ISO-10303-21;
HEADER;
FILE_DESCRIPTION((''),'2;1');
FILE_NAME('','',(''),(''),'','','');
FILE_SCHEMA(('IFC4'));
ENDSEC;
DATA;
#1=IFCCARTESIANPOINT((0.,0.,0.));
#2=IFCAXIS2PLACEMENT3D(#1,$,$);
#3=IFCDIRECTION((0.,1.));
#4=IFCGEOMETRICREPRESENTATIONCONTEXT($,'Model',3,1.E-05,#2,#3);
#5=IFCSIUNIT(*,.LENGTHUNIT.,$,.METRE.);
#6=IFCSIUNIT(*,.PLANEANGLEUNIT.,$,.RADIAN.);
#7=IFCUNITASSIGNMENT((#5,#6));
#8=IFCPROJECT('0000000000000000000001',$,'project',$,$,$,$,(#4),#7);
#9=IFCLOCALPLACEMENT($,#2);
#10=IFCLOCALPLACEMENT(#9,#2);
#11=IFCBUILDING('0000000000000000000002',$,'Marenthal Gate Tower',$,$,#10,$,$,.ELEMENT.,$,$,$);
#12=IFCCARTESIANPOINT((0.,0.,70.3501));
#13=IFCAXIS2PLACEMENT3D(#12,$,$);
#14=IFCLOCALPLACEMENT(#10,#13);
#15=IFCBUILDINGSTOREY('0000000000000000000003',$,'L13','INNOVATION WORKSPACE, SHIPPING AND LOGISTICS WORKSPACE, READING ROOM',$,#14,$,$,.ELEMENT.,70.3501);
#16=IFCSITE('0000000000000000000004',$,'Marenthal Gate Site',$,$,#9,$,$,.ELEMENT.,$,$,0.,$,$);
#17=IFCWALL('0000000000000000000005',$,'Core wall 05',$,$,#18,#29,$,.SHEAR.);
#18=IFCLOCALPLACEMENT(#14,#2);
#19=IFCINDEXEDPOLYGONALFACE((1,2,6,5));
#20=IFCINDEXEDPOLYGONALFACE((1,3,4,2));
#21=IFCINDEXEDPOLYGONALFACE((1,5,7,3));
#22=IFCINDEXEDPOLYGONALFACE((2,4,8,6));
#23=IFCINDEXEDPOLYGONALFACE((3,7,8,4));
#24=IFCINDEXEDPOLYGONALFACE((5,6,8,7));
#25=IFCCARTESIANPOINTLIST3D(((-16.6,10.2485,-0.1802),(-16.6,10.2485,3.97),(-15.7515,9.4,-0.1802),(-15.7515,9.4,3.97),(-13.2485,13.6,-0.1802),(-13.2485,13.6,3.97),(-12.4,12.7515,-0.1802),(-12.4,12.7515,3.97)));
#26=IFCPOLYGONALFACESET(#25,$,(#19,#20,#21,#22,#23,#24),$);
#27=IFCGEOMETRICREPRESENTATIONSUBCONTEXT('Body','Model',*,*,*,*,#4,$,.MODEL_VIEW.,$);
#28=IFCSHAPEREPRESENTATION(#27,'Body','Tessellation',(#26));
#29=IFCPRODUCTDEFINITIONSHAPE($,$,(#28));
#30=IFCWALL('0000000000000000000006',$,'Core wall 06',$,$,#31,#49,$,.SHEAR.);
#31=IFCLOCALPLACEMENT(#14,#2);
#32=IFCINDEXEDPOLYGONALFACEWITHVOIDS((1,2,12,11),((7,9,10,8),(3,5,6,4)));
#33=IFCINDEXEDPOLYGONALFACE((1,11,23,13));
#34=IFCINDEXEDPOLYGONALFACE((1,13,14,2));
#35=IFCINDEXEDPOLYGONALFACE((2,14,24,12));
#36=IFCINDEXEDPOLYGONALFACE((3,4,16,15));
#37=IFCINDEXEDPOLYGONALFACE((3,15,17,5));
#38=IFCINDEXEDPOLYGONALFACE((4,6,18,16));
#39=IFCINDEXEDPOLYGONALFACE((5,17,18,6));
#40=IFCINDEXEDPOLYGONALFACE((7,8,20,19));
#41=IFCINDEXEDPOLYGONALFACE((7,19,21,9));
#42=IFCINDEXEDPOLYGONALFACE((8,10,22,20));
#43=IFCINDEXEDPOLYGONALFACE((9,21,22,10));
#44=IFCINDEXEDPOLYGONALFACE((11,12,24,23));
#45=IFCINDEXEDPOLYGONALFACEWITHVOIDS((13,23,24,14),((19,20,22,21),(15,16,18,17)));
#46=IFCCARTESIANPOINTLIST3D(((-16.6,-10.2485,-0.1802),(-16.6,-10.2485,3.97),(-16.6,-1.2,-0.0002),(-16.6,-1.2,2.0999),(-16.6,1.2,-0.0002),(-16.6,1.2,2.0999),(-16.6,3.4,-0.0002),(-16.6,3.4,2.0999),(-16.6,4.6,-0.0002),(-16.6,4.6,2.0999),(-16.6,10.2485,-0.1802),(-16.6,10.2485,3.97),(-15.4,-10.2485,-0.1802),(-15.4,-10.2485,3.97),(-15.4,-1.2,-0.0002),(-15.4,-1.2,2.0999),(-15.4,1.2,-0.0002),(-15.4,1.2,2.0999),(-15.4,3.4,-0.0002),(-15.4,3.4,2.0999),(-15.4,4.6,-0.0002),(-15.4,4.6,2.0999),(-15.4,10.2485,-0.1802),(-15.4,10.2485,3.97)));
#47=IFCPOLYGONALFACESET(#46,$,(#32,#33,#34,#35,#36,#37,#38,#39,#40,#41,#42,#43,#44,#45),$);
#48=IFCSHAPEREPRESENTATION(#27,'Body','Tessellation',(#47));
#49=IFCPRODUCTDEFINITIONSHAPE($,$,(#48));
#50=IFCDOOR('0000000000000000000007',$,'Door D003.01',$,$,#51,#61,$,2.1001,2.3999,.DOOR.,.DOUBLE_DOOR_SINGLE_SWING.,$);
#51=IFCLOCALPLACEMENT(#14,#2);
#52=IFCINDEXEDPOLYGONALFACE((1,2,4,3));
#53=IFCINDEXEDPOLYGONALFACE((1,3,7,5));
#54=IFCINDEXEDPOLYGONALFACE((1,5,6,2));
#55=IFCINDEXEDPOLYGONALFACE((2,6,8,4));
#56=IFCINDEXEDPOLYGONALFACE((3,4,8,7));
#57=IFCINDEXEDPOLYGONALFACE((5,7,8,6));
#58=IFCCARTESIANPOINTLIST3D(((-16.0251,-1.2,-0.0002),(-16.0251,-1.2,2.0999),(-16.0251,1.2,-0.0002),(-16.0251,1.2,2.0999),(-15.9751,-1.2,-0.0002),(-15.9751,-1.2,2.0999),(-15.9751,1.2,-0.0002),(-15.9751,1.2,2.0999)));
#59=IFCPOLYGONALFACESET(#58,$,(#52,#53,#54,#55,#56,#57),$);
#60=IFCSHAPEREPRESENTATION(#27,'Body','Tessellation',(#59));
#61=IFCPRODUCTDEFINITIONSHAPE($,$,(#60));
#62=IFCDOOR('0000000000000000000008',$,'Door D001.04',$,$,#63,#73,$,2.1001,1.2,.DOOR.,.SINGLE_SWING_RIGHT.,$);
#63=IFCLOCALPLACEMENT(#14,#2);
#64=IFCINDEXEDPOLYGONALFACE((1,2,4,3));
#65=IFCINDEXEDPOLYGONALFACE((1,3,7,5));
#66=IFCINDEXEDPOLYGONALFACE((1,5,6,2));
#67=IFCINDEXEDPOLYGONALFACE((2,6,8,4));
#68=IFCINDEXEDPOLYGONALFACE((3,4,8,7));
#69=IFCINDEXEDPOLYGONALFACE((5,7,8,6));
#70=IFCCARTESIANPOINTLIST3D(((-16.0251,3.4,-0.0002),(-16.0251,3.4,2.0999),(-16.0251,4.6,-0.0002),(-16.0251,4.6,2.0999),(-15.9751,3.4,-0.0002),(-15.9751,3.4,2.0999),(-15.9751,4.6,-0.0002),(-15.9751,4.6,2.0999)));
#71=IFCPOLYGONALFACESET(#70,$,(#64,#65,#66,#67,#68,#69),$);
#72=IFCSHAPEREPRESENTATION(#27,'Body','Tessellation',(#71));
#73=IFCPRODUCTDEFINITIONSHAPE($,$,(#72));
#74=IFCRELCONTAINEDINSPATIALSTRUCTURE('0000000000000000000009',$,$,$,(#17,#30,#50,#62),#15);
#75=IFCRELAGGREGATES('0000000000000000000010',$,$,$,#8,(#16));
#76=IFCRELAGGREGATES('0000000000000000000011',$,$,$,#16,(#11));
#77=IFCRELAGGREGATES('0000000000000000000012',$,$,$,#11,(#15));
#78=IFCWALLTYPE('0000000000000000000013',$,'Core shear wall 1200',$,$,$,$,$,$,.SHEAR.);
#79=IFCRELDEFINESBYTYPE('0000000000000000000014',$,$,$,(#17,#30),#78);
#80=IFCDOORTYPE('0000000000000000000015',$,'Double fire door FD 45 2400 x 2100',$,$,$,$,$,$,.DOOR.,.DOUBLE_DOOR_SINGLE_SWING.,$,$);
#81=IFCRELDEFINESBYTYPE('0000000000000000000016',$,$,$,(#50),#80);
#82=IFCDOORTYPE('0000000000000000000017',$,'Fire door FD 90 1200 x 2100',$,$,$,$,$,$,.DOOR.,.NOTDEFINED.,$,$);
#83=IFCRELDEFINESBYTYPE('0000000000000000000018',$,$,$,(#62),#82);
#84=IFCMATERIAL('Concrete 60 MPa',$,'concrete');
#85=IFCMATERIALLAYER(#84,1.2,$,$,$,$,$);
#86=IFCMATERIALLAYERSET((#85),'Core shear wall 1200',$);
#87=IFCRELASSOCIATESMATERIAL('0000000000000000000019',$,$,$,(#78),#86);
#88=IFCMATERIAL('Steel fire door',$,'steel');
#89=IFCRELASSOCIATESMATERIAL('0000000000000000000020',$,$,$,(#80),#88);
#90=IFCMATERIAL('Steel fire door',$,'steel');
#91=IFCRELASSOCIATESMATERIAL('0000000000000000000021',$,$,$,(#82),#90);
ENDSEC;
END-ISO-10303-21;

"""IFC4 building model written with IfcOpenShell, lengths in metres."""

from ifc_helpers import new_model, si_unit, direction, frame, frame_2d, origin, place, context, subcontext, project, spatial, rectangle, extrude, material, layer, layer_set, type_object, element, fill, save


model = new_model("IFC4")

# Units and contexts
model_context = context("Model", 3, precision=1e-05, world=origin(), true_north=direction((0.0, 1.0)))
body_context = subcontext(model_context, "Body", "Model", "MODEL_VIEW")
ifc_project = project(units=[si_unit("LENGTHUNIT", "METRE"), si_unit("PLANEANGLEUNIT", "RADIAN")], contexts=[model_context])

# Site, building, storey
site_placement = place(None, origin())
site = spatial("IfcSite", under=ifc_project, at=site_placement, Name="Marenthal Gate Site", CompositionType="ELEMENT", RefElevation=0.0)
building_placement = place(site_placement, origin())
building = spatial("IfcBuilding", under=site, at=building_placement, Name="Marenthal Gate Tower", CompositionType="ELEMENT")
storey_placement = place(building_placement, frame((0.0, 0.0, 70.3501)))
storey = spatial("IfcBuildingStorey", under=building, at=storey_placement, Name="L13", Description="INNOVATION WORKSPACE, SHIPPING AND LOGISTICS WORKSPACE, READING ROOM", CompositionType="ELEMENT", Elevation=70.3501)

# Wall
ifc_material_1 = material(Name="Concrete 60 MPa", Category="concrete")
ifc_layer_1 = layer(ifc_material_1, 1.2)
ifc_layer_set_1 = layer_set([ifc_layer_1], Name="Core shear wall 1200")
wall_type_1 = type_object("IfcWallType", Name="Core shear wall 1200", PredefinedType="SHEAR", material=ifc_layer_set_1)
wall_1_placement = place(storey_placement, frame((-12.8242, 13.1758, -0.1802), z_axis=(0.0, 0.0, 1.0), x_axis=(-0.707107, -0.707107, 0.0)))
element("IfcWall", 1, at=wall_1_placement, inside=storey, type_object=wall_type_1, Name="Core wall 05", PredefinedType="SHEAR", context=body_context, shape_type="SweptSolid", body=[
    extrude(rectangle(XDim=4.7397, YDim=1.2, at=frame_2d((2.3699, 0.0))), origin(), (0.0, 0.0, 1.0), 4.1501),
])

# Wall, openings, doors
wall_2_placement = place(storey_placement, frame((-16.0, 10.2485, -0.1802), z_axis=(0.0, 0.0, 1.0), x_axis=(0.0, -1.0, 0.0)))
wall_2 = element("IfcWall", 2, at=wall_2_placement, inside=storey, type_object=wall_type_1, Name="Core wall 06", PredefinedType="SHEAR", context=body_context, shape_type="SweptSolid", body=[
    extrude(rectangle(XDim=20.4971, YDim=1.2, at=frame_2d((10.2485, 0.0))), origin(), (0.0, 0.0, 1.0), 4.1501),
])
opening_1_placement = place(wall_2_placement, frame((9.0486, 0.0, 0.1799)))
opening_1 = element("IfcOpeningElement", 3, at=opening_1_placement, cuts=wall_2, PredefinedType="OPENING", context=body_context, shape_type="SweptSolid", body=[
    extrude(rectangle(XDim=2.3999, YDim=2.1001, at=frame_2d((1.2, 1.05))), frame((0.0, 0.6099, 0.0), z_axis=(0.0, -1.0, 0.0), x_axis=(1.0, 0.0, 0.0)), (0.0, 0.0, 1.0), 1.22),
])
opening_2_placement = place(wall_2_placement, frame((5.6484, 0.0, 0.1799)))
opening_2 = element("IfcOpeningElement", 4, at=opening_2_placement, cuts=wall_2, PredefinedType="OPENING", context=body_context, shape_type="SweptSolid", body=[
    extrude(rectangle(XDim=1.2, YDim=2.1001, at=frame_2d((0.6001, 1.05))), frame((0.0, 0.6099, 0.0), z_axis=(0.0, -1.0, 0.0), x_axis=(1.0, 0.0, 0.0)), (0.0, 0.0, 1.0), 1.22),
])
ifc_material_2 = material(Name="Steel fire door", Category="steel")
door_type_1 = type_object("IfcDoorType", Name="Double fire door FD 45 2400 x 2100", OperationType="DOUBLE_DOOR_SINGLE_SWING", PredefinedType="DOOR", material=ifc_material_2)
door_1_placement = place(opening_1_placement, origin())
door_1 = element("IfcDoor", 5, at=door_1_placement, inside=storey, type_object=door_type_1, Name="Door D003.01", OperationType="DOUBLE_DOOR_SINGLE_SWING", OverallHeight=2.1001, OverallWidth=2.3999, PredefinedType="DOOR", context=body_context, shape_type="SweptSolid", body=[
    extrude(rectangle(XDim=2.3999, YDim=2.1001, at=frame_2d((1.2, 1.05))), frame((0.0, 0.0249, 0.0), z_axis=(0.0, -1.0, 0.0), x_axis=(1.0, 0.0, 0.0)), (0.0, 0.0, 1.0), 0.05),
])
fill(opening_1, door_1)
ifc_material_3 = material(Name="Steel fire door", Category="steel")
door_type_2 = type_object("IfcDoorType", Name="Fire door FD 90 1200 x 2100", OperationType="NOTDEFINED", PredefinedType="DOOR", material=ifc_material_3)
door_2_placement = place(opening_2_placement, origin())
door_2 = element("IfcDoor", 6, at=door_2_placement, inside=storey, type_object=door_type_2, Name="Door D001.04", OperationType="SINGLE_SWING_RIGHT", OverallHeight=2.1001, OverallWidth=1.2, PredefinedType="DOOR", context=body_context, shape_type="SweptSolid", body=[
    extrude(rectangle(XDim=1.2, YDim=2.1001, at=frame_2d((0.6001, 1.05))), frame((0.0, 0.0249, 0.0), z_axis=(0.0, -1.0, 0.0), x_axis=(1.0, 0.0, 0.0)), (0.0, 0.0, 1.0), 0.05),
])
fill(opening_2, door_2)

save(model, "model.ifc")
